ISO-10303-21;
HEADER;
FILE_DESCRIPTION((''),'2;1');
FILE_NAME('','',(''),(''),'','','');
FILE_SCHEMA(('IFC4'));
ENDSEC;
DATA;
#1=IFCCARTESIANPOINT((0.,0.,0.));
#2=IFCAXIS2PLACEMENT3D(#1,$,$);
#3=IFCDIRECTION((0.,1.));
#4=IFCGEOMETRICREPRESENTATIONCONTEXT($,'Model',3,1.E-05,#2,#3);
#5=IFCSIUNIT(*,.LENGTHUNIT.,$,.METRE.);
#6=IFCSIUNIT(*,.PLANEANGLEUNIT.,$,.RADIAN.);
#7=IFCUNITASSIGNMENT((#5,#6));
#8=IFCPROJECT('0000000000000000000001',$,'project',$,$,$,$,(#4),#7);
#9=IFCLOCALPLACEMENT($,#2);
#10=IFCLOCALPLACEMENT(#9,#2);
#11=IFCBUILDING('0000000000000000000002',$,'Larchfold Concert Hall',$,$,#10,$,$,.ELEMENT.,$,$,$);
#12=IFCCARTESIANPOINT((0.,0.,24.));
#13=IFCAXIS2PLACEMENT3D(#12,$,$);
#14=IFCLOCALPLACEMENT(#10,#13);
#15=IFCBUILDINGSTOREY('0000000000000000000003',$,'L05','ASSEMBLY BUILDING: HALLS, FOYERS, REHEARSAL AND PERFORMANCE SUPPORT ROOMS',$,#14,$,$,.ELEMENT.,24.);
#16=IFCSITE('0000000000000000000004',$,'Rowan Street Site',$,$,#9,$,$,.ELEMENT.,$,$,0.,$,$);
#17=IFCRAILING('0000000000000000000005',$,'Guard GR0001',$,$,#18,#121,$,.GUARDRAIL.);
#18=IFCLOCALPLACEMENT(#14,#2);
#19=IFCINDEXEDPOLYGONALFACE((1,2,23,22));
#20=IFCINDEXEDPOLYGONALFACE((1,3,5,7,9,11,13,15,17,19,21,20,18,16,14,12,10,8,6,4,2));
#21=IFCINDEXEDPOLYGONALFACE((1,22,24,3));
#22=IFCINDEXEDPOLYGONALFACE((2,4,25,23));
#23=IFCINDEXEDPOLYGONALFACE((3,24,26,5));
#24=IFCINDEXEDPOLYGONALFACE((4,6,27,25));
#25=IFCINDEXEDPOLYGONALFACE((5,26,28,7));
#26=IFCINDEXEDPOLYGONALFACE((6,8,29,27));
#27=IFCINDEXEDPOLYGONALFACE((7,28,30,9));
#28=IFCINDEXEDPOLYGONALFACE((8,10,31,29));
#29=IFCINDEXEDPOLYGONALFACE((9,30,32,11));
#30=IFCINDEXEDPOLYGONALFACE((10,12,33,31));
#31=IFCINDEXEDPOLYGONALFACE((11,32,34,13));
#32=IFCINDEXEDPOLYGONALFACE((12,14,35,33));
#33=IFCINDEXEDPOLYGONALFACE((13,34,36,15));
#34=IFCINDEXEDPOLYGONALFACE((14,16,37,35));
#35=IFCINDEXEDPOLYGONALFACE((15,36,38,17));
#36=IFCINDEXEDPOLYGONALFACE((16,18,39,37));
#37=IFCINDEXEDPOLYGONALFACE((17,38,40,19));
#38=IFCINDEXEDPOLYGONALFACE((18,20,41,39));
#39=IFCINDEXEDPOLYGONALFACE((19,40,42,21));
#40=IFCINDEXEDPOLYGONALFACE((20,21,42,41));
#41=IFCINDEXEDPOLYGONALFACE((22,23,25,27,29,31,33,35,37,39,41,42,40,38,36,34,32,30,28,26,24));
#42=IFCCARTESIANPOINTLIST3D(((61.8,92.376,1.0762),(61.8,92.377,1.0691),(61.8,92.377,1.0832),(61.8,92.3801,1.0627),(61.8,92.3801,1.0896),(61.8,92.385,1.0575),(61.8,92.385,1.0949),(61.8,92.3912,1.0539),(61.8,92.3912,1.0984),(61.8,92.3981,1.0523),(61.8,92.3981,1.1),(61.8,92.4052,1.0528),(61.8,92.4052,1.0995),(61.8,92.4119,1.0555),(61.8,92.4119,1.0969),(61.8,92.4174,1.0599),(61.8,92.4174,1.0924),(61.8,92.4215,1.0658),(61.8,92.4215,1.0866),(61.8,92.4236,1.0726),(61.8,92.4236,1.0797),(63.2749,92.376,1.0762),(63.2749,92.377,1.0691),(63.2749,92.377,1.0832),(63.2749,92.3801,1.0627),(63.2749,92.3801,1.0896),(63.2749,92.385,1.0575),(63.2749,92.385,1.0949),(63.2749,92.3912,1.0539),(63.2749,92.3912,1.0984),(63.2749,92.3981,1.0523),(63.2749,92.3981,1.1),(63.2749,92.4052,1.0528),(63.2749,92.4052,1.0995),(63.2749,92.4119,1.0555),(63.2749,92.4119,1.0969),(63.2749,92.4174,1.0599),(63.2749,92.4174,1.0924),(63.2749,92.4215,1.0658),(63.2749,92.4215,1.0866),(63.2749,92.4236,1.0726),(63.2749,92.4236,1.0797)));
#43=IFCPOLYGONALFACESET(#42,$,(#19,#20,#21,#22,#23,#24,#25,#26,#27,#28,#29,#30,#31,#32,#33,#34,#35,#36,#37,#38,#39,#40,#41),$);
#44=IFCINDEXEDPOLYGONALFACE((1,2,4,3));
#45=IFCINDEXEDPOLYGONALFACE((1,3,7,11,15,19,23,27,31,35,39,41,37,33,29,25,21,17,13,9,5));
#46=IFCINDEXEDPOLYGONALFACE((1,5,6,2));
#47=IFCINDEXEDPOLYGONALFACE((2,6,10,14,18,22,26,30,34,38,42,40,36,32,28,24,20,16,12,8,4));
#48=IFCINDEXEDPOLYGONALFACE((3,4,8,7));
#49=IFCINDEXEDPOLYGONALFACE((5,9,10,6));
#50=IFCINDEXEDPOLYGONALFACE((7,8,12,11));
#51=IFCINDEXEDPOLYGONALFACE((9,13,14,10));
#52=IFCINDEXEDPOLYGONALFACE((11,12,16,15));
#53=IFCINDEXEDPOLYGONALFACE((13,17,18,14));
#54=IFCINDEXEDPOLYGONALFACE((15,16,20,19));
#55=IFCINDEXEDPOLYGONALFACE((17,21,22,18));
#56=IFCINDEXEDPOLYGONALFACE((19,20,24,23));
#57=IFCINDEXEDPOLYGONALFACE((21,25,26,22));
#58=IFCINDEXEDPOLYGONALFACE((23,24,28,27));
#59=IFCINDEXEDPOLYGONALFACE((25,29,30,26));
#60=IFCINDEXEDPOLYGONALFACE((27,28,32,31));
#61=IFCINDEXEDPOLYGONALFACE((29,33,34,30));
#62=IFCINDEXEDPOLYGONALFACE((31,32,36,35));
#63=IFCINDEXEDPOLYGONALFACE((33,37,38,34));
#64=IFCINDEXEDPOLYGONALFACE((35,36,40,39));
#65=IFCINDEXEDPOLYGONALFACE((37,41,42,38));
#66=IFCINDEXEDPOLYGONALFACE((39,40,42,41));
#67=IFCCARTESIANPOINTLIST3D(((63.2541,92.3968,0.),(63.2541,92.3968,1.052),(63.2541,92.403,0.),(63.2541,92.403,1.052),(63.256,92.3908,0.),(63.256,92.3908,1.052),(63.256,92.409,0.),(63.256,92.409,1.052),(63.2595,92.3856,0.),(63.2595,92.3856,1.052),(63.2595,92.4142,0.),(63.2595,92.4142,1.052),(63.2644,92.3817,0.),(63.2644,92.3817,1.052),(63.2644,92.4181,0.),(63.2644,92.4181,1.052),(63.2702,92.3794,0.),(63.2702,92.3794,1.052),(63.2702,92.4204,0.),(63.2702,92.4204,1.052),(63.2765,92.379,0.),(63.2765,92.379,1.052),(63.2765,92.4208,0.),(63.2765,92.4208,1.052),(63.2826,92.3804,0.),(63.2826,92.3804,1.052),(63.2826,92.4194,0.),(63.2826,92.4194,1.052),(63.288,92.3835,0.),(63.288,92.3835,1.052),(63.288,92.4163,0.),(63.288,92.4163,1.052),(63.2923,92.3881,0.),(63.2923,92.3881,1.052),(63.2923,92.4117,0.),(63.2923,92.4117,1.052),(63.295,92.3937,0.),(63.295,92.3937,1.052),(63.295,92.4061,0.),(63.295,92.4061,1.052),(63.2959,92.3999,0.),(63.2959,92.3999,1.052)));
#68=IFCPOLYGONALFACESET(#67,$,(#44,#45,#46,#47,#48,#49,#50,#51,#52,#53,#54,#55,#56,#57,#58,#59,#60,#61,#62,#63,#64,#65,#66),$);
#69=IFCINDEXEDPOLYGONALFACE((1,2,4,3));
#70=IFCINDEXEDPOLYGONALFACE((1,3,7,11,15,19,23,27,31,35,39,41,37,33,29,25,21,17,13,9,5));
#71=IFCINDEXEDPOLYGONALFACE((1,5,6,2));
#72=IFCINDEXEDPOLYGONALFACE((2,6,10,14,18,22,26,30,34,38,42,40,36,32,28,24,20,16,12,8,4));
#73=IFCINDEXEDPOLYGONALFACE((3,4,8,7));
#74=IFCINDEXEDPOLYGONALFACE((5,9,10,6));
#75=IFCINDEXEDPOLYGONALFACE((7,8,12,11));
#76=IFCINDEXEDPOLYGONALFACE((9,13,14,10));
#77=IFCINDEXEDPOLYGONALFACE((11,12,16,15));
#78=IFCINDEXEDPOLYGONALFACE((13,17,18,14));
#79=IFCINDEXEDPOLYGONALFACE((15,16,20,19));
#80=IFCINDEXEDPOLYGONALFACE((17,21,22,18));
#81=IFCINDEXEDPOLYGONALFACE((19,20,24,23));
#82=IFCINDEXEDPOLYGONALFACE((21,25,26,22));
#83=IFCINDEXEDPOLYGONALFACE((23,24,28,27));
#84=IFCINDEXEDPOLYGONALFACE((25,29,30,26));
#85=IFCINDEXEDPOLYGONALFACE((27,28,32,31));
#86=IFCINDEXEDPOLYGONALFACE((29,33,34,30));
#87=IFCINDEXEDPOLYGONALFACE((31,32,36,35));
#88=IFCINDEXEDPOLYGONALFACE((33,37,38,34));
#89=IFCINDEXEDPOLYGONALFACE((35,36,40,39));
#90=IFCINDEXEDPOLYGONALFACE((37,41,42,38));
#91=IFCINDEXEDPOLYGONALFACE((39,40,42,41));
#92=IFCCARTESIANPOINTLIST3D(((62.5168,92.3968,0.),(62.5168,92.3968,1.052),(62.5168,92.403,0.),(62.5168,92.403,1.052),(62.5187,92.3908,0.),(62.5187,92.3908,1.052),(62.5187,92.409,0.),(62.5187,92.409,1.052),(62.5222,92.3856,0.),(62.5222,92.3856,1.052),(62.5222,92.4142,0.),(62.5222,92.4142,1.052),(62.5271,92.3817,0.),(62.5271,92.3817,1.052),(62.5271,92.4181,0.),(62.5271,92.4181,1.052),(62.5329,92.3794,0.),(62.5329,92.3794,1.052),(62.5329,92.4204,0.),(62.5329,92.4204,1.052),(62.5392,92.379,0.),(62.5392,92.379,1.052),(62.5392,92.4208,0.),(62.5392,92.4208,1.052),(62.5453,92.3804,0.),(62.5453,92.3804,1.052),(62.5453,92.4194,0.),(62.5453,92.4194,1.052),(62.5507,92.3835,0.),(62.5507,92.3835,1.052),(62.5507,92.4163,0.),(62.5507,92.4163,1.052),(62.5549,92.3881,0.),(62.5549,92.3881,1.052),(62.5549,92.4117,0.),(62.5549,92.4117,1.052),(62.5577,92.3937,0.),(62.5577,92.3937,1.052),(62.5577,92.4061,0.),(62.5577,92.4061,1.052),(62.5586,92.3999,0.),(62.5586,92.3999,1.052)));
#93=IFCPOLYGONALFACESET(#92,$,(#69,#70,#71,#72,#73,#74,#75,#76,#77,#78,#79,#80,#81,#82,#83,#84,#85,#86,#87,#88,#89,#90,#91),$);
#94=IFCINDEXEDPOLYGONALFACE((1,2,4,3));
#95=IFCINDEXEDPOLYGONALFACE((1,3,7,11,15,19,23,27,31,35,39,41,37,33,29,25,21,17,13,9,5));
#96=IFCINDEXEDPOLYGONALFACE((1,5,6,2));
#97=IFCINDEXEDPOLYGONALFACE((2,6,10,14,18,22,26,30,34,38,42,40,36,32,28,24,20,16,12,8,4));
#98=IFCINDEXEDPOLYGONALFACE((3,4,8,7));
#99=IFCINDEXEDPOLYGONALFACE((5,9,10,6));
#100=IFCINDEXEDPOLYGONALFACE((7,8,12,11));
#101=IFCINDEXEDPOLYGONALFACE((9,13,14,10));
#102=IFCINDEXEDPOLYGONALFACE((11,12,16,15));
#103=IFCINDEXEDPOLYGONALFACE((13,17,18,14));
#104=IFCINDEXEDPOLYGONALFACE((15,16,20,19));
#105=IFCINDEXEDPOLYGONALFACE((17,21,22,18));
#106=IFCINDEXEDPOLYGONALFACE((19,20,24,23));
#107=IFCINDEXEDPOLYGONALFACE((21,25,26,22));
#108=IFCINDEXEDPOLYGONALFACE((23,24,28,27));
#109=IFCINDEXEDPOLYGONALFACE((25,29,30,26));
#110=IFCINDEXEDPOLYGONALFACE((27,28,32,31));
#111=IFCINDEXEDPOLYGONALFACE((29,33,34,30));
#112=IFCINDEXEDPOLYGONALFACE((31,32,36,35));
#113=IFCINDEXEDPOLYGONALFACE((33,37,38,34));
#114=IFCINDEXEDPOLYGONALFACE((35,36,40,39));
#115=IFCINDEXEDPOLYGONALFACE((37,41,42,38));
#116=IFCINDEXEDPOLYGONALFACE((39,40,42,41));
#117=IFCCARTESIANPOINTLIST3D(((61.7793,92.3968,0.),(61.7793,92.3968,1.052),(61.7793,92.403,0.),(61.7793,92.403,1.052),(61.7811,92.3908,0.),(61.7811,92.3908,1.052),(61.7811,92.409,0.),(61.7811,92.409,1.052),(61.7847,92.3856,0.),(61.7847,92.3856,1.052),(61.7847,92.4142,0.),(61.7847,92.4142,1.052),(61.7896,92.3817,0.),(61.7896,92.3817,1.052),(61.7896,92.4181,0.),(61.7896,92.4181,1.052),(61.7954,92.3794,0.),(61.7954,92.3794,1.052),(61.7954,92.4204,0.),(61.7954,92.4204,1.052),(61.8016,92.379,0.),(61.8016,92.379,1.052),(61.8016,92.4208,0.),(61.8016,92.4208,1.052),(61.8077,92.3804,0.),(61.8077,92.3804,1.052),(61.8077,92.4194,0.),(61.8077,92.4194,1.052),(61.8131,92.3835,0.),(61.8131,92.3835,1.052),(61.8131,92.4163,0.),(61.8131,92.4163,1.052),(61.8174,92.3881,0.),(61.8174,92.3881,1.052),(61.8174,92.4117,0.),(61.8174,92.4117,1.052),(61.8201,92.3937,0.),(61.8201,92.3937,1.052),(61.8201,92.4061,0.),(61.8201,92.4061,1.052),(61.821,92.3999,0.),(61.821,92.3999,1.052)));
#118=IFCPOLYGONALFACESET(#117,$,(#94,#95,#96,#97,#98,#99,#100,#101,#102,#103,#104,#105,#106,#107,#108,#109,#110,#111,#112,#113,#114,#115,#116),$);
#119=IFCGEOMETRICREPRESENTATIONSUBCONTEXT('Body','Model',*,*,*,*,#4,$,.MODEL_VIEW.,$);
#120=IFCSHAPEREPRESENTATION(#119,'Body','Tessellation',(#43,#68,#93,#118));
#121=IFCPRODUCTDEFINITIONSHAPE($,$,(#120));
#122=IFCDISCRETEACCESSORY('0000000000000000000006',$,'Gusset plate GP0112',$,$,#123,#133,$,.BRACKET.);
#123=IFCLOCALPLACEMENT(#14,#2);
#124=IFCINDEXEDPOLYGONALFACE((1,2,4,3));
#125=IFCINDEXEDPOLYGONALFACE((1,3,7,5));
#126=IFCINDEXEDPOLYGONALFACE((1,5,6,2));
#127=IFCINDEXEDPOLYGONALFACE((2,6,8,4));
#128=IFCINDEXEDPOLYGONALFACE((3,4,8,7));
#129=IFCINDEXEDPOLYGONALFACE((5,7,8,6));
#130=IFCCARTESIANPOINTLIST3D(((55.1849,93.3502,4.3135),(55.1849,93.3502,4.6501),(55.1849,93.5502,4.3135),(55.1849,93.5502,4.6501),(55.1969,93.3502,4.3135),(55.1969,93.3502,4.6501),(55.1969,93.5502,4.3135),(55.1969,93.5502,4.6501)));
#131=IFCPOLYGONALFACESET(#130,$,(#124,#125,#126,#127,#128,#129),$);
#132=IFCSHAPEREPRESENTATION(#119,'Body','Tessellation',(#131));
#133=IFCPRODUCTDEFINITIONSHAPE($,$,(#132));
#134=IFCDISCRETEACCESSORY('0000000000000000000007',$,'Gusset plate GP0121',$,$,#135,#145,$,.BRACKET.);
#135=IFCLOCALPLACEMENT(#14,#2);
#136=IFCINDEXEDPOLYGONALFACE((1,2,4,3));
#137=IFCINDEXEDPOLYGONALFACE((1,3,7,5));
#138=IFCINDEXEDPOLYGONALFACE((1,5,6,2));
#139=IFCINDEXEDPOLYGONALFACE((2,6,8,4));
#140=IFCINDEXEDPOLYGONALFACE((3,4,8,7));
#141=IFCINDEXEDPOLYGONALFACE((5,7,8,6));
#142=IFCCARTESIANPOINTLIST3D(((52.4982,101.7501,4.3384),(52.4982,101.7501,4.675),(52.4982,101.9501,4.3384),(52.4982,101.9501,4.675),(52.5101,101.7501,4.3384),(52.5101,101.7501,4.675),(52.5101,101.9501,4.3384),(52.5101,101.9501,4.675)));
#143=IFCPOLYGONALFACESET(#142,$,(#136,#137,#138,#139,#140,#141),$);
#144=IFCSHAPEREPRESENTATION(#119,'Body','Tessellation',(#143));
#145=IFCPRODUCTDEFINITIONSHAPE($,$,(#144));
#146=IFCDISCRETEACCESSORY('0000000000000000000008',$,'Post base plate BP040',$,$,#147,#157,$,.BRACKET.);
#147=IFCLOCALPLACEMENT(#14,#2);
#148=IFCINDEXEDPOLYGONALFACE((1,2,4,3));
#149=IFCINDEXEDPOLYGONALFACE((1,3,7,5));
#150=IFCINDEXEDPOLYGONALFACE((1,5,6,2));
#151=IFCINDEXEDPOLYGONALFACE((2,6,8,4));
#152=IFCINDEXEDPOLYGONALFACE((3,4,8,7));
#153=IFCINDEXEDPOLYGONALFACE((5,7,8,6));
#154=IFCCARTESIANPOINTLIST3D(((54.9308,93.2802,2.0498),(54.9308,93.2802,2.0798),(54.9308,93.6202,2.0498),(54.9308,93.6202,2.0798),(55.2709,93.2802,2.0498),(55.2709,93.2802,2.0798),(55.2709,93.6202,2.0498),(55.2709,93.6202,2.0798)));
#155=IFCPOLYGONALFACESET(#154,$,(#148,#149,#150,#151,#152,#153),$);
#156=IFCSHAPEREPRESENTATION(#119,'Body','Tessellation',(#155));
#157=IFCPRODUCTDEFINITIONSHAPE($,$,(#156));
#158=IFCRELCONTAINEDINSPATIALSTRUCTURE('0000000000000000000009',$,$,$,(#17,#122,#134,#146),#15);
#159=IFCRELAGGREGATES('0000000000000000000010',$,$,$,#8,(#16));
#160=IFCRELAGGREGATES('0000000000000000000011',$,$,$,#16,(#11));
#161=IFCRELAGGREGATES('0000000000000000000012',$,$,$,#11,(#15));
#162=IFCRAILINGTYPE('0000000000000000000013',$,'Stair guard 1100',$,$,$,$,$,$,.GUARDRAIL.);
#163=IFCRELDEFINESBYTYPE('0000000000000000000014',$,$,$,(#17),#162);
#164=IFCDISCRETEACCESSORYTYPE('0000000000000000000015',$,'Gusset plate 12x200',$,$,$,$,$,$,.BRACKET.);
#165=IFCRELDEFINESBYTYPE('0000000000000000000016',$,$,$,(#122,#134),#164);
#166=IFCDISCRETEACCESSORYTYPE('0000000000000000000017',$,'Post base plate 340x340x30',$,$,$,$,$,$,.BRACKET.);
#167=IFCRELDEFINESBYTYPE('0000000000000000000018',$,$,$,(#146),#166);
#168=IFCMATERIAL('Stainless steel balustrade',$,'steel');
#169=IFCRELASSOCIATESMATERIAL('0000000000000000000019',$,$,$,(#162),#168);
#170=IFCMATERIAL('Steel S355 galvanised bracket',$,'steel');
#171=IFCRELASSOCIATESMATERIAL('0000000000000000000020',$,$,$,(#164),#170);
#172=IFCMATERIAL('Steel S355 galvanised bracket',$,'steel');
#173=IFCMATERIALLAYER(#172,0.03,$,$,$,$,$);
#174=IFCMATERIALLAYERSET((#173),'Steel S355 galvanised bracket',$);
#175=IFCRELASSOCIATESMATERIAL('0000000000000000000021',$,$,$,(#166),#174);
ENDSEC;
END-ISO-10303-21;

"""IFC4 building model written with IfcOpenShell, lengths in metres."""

from ifc_helpers import new_model, si_unit, direction, frame, origin, origin_2d, place, context, subcontext, project, spatial, rectangle, circle, extrude, material, layer, layer_set, material_profile, profile_set, type_object, element, save


model = new_model("IFC4")

# Units and contexts
model_context = context("Model", 3, precision=1e-05, world=origin(), true_north=direction((0.0, 1.0)))
body_context = subcontext(model_context, "Body", "Model", "MODEL_VIEW")
ifc_project = project(units=[si_unit("LENGTHUNIT", "METRE"), si_unit("PLANEANGLEUNIT", "RADIAN")], contexts=[model_context])

# Site, building, storey
site_placement = place(None, origin())
site = spatial("IfcSite", under=ifc_project, at=site_placement, Name="Rowan Street Site", CompositionType="ELEMENT", RefElevation=0.0)
building_placement = place(site_placement, origin())
building = spatial("IfcBuilding", under=site, at=building_placement, Name="Larchfold Concert Hall", CompositionType="ELEMENT")
storey_placement = place(building_placement, frame((0.0, 0.0, 24.0)))
storey = spatial("IfcBuildingStorey", under=building, at=storey_placement, Name="L05", Description="ASSEMBLY BUILDING: HALLS, FOYERS, REHEARSAL AND PERFORMANCE SUPPORT ROOMS", CompositionType="ELEMENT", Elevation=24.0)

# Railing
ifc_material_1 = material(Name="Stainless steel balustrade", Category="steel")
railing_type = type_object("IfcRailingType", Name="Stair guard 1100", PredefinedType="GUARDRAIL", material=ifc_material_1)
railing_placement = place(storey_placement, frame((63.2749, 92.3999, 0.0)))
element("IfcRailing", 1, at=railing_placement, inside=storey, type_object=railing_type, Name="Guard GR0001", PredefinedType="GUARDRAIL", context=body_context, shape_type="SweptSolid", body=[
    extrude(circle(Radius=0.0239, at=origin_2d()), frame((0.0, 0.0, 1.0762), z_axis=(-1.0, 0.0, 0.0), x_axis=(0.0, -1.0, 0.0)), (0.0, 0.0, 1.0), 1.4749),
    extrude(circle(Radius=0.021, at=origin_2d()), origin(), (0.0, 0.0, 1.0), 1.052),
    extrude(circle(Radius=0.021, at=origin_2d()), frame((-0.7373, 0.0, 0.0)), (0.0, 0.0, 1.0), 1.052),
    extrude(circle(Radius=0.021, at=origin_2d()), frame((-1.4749, 0.0, 0.0)), (0.0, 0.0, 1.0), 1.052),
])

# Discrete accessories
ifc_material_2 = material(Name="Steel S355 galvanised bracket", Category="steel")
ifc_material_profile_1 = material_profile(ifc_material_2, rectangle(XDim=0.012, YDim=0.2, at=origin_2d()))
ifc_profile_set_1 = profile_set([ifc_material_profile_1], Name="Steel S355 galvanised bracket")
discrete_accessory_type_1 = type_object("IfcDiscreteAccessoryType", Name="Gusset plate 12x200", PredefinedType="BRACKET", material=ifc_profile_set_1)
for number, where, z_axis, x_axis, name in (
    (2, (55.1909, 93.4502, 4.3135), (0.0, 0.0, 1.0), (1.0, 0.0, 0.0), "Gusset plate GP0112"),
    (3, (52.5042, 101.8501, 4.3384), (0.0, 0.0, 1.0), (1.0, 0.0, 0.0), "Gusset plate GP0121"),
):
    element("IfcDiscreteAccessory", number, at=place(storey_placement, frame(where, z_axis=z_axis, x_axis=x_axis)), inside=storey, type_object=discrete_accessory_type_1, Name=name, PredefinedType="BRACKET", context=body_context, shape_type="SweptSolid", body=[
        extrude(rectangle(XDim=0.012, YDim=0.2, at=origin_2d()), origin(), (0.0, 0.0, 1.0), 0.3367),
    ])
ifc_material_3 = material(Name="Steel S355 galvanised bracket", Category="steel")
ifc_layer_1 = layer(ifc_material_3, 0.03)
ifc_layer_set_1 = layer_set([ifc_layer_1], Name="Steel S355 galvanised bracket")
discrete_accessory_type_2 = type_object("IfcDiscreteAccessoryType", Name="Post base plate 340x340x30", PredefinedType="BRACKET", material=ifc_layer_set_1)
discrete_accessory_placement = place(storey_placement, frame((55.1008, 93.4502, 2.0498), z_axis=(0.0, 0.0, 1.0), x_axis=(1.0, 0.0, 0.0)))
element("IfcDiscreteAccessory", 4, at=discrete_accessory_placement, inside=storey, type_object=discrete_accessory_type_2, Name="Post base plate BP040", PredefinedType="BRACKET", context=body_context, shape_type="SweptSolid", body=[
    extrude(rectangle(XDim=0.3401, YDim=0.3401, at=origin_2d()), origin(), (0.0, 0.0, 1.0), 0.03),
])

save(model, "model.ifc")
